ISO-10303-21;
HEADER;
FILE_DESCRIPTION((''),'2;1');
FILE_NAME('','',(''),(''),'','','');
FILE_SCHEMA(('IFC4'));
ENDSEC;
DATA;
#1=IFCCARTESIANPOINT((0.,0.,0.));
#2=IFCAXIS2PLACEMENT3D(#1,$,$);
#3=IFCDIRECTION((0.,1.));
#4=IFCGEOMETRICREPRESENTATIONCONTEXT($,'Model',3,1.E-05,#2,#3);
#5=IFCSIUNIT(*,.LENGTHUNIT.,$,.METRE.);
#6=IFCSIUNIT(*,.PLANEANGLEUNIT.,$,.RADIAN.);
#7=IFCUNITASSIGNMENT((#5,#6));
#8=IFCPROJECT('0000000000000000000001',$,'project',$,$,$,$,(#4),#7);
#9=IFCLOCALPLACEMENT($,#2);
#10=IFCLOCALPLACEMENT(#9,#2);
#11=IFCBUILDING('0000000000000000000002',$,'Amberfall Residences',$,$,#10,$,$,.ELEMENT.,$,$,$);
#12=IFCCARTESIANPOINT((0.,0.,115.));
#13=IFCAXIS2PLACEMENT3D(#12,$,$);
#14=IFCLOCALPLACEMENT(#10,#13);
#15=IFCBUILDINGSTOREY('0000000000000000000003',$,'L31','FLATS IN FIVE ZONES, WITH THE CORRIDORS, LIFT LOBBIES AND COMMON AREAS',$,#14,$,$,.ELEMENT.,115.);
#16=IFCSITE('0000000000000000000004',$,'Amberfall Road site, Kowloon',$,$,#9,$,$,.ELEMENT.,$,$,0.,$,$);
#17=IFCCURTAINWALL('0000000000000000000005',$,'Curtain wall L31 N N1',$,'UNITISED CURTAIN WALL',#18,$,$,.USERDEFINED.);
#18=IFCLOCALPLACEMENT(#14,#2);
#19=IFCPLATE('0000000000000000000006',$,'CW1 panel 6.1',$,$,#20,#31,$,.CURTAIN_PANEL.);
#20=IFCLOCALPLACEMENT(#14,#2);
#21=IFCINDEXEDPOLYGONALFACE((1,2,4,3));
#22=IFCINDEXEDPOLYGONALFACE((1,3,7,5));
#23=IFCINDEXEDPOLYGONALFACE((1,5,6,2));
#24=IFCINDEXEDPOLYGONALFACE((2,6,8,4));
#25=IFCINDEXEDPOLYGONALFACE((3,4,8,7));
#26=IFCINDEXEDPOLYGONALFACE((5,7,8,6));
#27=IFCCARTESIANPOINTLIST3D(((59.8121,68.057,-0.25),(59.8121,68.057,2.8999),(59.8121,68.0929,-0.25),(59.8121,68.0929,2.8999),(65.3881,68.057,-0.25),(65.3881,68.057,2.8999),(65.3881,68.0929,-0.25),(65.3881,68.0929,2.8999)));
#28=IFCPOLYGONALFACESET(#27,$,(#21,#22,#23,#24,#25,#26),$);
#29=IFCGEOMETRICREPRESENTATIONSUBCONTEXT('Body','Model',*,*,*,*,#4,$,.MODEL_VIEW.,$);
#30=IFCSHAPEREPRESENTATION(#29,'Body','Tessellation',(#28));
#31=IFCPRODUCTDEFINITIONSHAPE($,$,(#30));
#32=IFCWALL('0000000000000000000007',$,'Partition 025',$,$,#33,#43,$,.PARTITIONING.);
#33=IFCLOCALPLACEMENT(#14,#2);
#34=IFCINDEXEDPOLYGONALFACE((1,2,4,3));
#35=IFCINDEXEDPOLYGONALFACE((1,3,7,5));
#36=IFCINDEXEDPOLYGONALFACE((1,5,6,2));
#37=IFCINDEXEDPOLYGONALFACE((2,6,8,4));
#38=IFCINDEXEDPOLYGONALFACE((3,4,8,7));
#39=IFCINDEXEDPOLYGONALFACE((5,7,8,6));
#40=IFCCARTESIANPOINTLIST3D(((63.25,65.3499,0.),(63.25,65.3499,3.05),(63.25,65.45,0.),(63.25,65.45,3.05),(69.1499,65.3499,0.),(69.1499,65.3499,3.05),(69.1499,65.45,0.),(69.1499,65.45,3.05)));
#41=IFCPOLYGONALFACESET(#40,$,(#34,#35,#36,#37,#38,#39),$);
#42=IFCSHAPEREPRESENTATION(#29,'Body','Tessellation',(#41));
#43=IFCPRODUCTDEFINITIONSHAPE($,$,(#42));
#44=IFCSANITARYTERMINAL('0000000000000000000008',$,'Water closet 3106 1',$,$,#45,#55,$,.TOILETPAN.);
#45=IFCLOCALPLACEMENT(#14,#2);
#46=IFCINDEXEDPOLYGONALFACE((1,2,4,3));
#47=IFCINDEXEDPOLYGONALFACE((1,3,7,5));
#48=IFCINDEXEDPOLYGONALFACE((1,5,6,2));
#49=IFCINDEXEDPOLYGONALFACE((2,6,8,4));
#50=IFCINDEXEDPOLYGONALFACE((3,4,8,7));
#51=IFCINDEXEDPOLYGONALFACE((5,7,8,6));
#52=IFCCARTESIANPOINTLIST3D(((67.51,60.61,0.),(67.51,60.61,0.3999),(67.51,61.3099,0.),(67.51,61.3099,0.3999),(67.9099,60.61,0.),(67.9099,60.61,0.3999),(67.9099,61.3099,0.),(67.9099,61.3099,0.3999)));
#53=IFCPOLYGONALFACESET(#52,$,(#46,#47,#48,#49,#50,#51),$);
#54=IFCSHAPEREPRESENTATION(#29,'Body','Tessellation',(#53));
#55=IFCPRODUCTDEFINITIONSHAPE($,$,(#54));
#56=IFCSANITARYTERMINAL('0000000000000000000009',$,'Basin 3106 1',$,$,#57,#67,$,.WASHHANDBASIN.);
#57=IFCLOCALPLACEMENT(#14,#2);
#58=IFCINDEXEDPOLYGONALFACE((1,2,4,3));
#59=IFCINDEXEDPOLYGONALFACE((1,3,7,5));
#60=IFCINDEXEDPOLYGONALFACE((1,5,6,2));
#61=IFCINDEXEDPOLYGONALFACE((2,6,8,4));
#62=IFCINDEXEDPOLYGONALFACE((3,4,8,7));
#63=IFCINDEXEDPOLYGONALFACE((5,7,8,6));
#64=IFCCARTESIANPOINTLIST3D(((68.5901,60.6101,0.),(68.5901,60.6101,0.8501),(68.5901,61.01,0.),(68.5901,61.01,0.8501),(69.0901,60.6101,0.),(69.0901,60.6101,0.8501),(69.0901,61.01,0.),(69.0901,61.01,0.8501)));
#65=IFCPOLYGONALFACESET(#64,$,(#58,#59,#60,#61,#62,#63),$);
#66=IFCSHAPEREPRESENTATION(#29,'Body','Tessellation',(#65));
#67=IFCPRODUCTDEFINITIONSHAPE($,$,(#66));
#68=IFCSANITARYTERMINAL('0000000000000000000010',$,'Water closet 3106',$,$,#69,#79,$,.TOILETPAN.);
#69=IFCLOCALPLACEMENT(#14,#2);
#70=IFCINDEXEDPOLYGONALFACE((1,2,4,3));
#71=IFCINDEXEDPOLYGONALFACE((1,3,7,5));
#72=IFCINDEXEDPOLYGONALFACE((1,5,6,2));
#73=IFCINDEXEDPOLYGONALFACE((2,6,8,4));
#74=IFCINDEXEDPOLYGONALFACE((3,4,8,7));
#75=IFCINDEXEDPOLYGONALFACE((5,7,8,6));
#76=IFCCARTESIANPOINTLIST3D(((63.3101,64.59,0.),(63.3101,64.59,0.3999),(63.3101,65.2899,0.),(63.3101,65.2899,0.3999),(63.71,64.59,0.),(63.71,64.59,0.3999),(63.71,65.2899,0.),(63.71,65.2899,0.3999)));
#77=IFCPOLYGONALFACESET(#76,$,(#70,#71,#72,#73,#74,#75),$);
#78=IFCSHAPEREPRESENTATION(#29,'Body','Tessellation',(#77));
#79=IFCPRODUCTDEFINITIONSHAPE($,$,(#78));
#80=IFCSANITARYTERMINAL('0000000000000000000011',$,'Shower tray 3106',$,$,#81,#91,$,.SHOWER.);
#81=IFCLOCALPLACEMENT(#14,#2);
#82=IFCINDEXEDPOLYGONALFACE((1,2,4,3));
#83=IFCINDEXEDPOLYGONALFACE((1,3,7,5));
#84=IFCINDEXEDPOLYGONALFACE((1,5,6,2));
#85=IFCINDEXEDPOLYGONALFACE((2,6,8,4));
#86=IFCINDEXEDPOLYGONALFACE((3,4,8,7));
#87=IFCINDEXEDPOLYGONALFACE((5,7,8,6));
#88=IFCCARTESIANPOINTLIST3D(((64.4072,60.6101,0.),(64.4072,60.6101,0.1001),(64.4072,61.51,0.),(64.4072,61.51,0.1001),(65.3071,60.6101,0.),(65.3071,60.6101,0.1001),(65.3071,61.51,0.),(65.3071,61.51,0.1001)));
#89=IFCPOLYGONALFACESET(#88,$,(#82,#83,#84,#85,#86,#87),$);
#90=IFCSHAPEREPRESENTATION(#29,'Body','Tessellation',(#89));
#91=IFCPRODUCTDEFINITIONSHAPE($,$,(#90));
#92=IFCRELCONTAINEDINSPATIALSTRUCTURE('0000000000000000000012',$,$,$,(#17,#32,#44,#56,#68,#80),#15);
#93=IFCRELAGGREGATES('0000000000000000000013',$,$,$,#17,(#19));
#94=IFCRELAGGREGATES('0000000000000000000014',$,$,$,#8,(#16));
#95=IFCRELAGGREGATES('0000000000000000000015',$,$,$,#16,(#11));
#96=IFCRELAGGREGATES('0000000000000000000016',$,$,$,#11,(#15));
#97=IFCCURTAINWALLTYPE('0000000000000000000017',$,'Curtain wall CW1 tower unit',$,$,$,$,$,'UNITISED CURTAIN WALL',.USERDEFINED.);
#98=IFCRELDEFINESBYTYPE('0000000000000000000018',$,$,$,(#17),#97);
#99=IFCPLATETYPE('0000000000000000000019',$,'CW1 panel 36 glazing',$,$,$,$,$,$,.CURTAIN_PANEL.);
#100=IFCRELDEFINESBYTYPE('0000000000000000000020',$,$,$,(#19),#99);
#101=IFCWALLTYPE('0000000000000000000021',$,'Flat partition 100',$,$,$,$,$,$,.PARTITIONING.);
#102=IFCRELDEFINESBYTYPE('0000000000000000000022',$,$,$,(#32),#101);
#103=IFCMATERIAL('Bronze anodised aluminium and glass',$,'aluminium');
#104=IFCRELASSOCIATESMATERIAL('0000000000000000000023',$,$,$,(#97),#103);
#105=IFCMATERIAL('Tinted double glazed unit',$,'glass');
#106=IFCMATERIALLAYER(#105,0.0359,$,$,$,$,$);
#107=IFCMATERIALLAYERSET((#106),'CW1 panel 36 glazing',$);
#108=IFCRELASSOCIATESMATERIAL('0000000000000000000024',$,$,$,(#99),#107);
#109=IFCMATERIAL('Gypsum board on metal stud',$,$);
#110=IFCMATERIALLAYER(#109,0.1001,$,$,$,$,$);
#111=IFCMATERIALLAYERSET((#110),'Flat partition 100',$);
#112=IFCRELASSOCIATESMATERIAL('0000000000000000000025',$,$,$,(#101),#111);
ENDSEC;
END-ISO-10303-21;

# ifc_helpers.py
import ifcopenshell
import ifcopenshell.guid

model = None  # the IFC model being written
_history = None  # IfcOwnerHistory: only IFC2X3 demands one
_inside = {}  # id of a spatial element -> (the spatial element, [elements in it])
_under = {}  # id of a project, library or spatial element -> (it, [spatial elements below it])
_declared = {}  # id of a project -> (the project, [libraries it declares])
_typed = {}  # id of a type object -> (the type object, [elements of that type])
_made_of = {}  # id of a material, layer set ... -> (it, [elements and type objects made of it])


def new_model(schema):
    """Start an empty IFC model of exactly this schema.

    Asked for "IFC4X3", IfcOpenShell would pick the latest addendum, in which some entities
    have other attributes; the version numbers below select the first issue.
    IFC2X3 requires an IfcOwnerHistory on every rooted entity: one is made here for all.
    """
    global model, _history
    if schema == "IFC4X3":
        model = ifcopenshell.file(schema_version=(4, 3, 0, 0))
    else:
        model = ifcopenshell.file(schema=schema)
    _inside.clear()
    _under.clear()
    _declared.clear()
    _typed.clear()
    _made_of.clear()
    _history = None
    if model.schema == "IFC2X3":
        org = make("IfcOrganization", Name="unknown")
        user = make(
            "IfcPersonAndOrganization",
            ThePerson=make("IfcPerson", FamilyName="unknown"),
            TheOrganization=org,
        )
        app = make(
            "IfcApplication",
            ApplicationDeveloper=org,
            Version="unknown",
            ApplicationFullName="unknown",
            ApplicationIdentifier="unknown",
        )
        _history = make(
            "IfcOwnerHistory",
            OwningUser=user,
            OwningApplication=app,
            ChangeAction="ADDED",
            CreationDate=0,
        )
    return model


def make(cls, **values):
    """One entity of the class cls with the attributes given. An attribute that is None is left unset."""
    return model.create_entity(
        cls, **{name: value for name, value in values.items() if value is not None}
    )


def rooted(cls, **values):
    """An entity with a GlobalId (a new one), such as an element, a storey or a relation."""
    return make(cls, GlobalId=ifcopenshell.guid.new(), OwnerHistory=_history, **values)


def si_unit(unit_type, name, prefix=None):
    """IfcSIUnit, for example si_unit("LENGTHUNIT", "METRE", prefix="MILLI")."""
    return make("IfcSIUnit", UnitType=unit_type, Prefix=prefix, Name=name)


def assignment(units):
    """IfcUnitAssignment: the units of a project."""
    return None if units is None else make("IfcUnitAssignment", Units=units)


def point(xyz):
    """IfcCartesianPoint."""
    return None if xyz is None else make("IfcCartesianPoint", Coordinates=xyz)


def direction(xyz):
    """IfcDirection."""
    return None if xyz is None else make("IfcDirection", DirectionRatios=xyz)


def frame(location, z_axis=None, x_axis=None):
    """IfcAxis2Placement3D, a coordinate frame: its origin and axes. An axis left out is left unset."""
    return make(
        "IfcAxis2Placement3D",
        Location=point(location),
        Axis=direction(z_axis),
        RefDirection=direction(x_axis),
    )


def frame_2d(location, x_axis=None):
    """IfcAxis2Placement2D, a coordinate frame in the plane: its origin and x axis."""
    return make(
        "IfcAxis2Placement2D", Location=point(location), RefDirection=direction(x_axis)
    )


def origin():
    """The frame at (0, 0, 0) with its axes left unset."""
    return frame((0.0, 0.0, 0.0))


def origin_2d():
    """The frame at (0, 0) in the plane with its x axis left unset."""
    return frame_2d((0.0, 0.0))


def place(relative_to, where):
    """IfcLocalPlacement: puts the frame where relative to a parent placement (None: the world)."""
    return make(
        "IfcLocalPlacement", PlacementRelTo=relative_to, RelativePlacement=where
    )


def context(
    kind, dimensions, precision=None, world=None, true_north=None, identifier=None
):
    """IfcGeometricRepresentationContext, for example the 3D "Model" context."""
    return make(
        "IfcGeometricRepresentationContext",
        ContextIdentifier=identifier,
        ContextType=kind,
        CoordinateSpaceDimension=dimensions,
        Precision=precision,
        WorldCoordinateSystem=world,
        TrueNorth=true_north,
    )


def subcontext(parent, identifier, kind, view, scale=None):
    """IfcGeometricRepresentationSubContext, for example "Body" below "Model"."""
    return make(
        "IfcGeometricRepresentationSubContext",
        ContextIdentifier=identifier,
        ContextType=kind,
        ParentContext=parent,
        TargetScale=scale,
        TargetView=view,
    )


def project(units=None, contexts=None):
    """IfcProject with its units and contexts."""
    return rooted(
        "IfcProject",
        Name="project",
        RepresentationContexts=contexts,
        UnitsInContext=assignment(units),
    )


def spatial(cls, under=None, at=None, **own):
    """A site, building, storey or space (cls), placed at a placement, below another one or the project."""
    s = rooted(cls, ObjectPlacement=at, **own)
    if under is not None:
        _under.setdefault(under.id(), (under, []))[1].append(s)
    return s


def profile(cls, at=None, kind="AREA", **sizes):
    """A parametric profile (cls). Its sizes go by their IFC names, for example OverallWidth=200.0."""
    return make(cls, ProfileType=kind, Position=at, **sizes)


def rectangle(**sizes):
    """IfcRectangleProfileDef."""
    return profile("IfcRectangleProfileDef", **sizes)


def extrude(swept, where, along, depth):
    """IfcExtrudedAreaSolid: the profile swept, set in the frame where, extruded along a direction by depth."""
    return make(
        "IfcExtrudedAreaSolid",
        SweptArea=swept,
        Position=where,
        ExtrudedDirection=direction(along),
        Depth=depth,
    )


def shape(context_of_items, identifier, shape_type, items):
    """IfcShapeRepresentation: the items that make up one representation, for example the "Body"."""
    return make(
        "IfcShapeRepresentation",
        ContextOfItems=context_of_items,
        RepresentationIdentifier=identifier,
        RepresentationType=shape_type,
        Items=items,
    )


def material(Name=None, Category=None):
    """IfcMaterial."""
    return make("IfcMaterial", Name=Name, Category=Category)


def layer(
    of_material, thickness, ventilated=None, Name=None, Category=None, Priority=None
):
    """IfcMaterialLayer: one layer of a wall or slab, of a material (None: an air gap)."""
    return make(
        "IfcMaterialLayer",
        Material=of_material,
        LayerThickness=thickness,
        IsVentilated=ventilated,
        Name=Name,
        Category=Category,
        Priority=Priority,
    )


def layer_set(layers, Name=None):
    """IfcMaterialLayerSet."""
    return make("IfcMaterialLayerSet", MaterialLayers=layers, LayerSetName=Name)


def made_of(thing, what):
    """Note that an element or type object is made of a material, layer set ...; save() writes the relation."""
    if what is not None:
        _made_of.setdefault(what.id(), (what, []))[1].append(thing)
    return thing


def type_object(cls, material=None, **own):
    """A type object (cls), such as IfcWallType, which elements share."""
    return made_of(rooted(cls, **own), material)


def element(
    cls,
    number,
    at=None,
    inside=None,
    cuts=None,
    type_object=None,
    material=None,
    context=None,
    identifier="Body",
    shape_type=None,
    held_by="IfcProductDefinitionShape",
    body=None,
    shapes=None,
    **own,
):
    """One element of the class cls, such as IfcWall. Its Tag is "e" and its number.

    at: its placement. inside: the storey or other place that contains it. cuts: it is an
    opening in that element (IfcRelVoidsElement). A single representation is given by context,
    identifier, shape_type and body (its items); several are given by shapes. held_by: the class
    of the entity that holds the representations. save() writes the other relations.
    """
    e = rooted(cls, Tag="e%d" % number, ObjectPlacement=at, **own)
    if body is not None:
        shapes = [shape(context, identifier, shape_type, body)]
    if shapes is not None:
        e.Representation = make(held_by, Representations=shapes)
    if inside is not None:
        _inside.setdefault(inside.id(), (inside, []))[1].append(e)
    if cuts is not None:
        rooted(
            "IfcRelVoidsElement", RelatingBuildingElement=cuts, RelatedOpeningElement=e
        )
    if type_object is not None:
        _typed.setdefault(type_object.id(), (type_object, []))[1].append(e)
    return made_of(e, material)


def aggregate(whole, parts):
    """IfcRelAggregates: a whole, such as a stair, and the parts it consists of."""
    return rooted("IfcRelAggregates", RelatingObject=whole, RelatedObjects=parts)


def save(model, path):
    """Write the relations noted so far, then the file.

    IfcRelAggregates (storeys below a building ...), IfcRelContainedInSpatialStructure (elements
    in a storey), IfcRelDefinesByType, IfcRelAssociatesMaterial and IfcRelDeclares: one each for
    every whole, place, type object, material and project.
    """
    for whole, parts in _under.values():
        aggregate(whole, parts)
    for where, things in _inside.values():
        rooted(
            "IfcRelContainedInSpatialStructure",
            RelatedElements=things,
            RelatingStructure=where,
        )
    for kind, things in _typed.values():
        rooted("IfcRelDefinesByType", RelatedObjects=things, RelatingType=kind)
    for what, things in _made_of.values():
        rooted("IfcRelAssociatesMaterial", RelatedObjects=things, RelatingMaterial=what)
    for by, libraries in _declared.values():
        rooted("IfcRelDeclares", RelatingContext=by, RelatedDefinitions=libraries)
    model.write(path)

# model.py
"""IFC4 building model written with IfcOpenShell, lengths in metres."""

from ifc_helpers import new_model, si_unit, direction, frame, frame_2d, origin, origin_2d, place, context, subcontext, project, spatial, rectangle, extrude, material, layer, layer_set, type_object, element, aggregate, save


model = new_model("IFC4")

# Units and contexts
model_context = context("Model", 3, precision=1e-05, world=origin(), true_north=direction((0.0, 1.0)))
body_context = subcontext(model_context, "Body", "Model", "MODEL_VIEW")
ifc_project = project(units=[si_unit("LENGTHUNIT", "METRE"), si_unit("PLANEANGLEUNIT", "RADIAN")], contexts=[model_context])

# Site, building, storey
site_placement = place(None, origin())
site = spatial("IfcSite", under=ifc_project, at=site_placement, Name="Amberfall Road site, Kowloon", CompositionType="ELEMENT", RefElevation=0.0)
building_placement = place(site_placement, origin())
building = spatial("IfcBuilding", under=site, at=building_placement, Name="Amberfall Residences", CompositionType="ELEMENT")
storey_placement = place(building_placement, frame((0.0, 0.0, 115.0)))
storey = spatial("IfcBuildingStorey", under=building, at=storey_placement, Name="L31", Description="FLATS IN FIVE ZONES, WITH THE CORRIDORS, LIFT LOBBIES AND COMMON AREAS", CompositionType="ELEMENT", Elevation=115.0)

# Curtain wall
ifc_material_1 = material(Name="Bronze anodised aluminium and glass", Category="aluminium")
curtain_wall_type = type_object("IfcCurtainWallType", Name="Curtain wall CW1 tower unit", ElementType="UNITISED CURTAIN WALL", PredefinedType="USERDEFINED", material=ifc_material_1)
curtain_wall_placement = place(storey_placement, origin())
curtain_wall = element("IfcCurtainWall", 1, at=curtain_wall_placement, inside=storey, type_object=curtain_wall_type, Name="Curtain wall L31 N N1", ObjectType="UNITISED CURTAIN WALL", PredefinedType="USERDEFINED")

# Plate
ifc_material_2 = material(Name="Tinted double glazed unit", Category="glass")
ifc_layer_1 = layer(ifc_material_2, 0.0359)
ifc_layer_set_1 = layer_set([ifc_layer_1], Name="CW1 panel 36 glazing")
plate_type = type_object("IfcPlateType", Name="CW1 panel 36 glazing", PredefinedType="CURTAIN_PANEL", material=ifc_layer_set_1)
plate_1_placement = place(storey_placement, frame((62.6001, 68.075, -0.25), z_axis=(0.0, 0.0, 1.0), x_axis=(-1.0, 0.0, 0.0)))
plate_1 = element("IfcPlate", 2, at=plate_1_placement, type_object=plate_type, Name="CW1 panel 6.1", PredefinedType="CURTAIN_PANEL", context=body_context, shape_type="SweptSolid", body=[
    extrude(rectangle(XDim=5.5759, YDim=0.0359, at=origin_2d()), origin(), (0.0, 0.0, 1.0), 3.1499),
])
aggregate(curtain_wall, [plate_1])

# Wall
ifc_material_3 = material(Name="Gypsum board on metal stud")
ifc_layer_2 = layer(ifc_material_3, 0.1001)
ifc_layer_set_2 = layer_set([ifc_layer_2], Name="Flat partition 100")
wall_type = type_object("IfcWallType", Name="Flat partition 100", PredefinedType="PARTITIONING", material=ifc_layer_set_2)
wall_placement = place(storey_placement, frame((63.25, 65.3999, 0.0), z_axis=(0.0, 0.0, 1.0), x_axis=(1.0, 0.0, 0.0)))
element("IfcWall", 3, at=wall_placement, inside=storey, type_object=wall_type, Name="Partition 025", PredefinedType="PARTITIONING", context=body_context, shape_type="SweptSolid", body=[
    extrude(rectangle(XDim=5.8999, YDim=0.1001, at=frame_2d((2.95, 0.0))), origin(), (0.0, 0.0, 1.0), 3.05),
])

# Sanitary terminals
sanitary_terminal_1_placement = place(storey_placement, frame((67.71, 60.96, 0.0), z_axis=(0.0, 0.0, 1.0), x_axis=(1.0, 0.0, 0.0)))
element("IfcSanitaryTerminal", 4, at=sanitary_terminal_1_placement, inside=storey, Name="Water closet 3106 1", PredefinedType="TOILETPAN", context=body_context, shape_type="SweptSolid", body=[
    extrude(rectangle(XDim=0.3999, YDim=0.7, at=origin_2d()), origin(), (0.0, 0.0, 1.0), 0.3999),
])
sanitary_terminal_2_placement = place(storey_placement, frame((68.8401, 60.8101, 0.0), z_axis=(0.0, 0.0, 1.0), x_axis=(1.0, 0.0, 0.0)))
element("IfcSanitaryTerminal", 5, at=sanitary_terminal_2_placement, inside=storey, Name="Basin 3106 1", PredefinedType="WASHHANDBASIN", context=body_context, shape_type="SweptSolid", body=[
    extrude(rectangle(XDim=0.5, YDim=0.3999, at=origin_2d()), origin(), (0.0, 0.0, 1.0), 0.8501),
])
sanitary_terminal_3_placement = place(storey_placement, frame((63.51, 64.9399, 0.0), z_axis=(0.0, 0.0, 1.0), x_axis=(1.0, 0.0, 0.0)))
element("IfcSanitaryTerminal", 6, at=sanitary_terminal_3_placement, inside=storey, Name="Water closet 3106", PredefinedType="TOILETPAN", context=body_context, shape_type="SweptSolid", body=[
    extrude(rectangle(XDim=0.3999, YDim=0.7, at=origin_2d()), origin(), (0.0, 0.0, 1.0), 0.3999),
])
sanitary_terminal_4_placement = place(storey_placement, frame((64.8572, 61.0601, 0.0), z_axis=(0.0, 0.0, 1.0), x_axis=(1.0, 0.0, 0.0)))
element("IfcSanitaryTerminal", 7, at=sanitary_terminal_4_placement, inside=storey, Name="Shower tray 3106", PredefinedType="SHOWER", context=body_context, shape_type="SweptSolid", body=[
    extrude(rectangle(XDim=0.8999, YDim=0.8999, at=origin_2d()), origin(), (0.0, 0.0, 1.0), 0.1001),
])

save(model, "model.ifc")
